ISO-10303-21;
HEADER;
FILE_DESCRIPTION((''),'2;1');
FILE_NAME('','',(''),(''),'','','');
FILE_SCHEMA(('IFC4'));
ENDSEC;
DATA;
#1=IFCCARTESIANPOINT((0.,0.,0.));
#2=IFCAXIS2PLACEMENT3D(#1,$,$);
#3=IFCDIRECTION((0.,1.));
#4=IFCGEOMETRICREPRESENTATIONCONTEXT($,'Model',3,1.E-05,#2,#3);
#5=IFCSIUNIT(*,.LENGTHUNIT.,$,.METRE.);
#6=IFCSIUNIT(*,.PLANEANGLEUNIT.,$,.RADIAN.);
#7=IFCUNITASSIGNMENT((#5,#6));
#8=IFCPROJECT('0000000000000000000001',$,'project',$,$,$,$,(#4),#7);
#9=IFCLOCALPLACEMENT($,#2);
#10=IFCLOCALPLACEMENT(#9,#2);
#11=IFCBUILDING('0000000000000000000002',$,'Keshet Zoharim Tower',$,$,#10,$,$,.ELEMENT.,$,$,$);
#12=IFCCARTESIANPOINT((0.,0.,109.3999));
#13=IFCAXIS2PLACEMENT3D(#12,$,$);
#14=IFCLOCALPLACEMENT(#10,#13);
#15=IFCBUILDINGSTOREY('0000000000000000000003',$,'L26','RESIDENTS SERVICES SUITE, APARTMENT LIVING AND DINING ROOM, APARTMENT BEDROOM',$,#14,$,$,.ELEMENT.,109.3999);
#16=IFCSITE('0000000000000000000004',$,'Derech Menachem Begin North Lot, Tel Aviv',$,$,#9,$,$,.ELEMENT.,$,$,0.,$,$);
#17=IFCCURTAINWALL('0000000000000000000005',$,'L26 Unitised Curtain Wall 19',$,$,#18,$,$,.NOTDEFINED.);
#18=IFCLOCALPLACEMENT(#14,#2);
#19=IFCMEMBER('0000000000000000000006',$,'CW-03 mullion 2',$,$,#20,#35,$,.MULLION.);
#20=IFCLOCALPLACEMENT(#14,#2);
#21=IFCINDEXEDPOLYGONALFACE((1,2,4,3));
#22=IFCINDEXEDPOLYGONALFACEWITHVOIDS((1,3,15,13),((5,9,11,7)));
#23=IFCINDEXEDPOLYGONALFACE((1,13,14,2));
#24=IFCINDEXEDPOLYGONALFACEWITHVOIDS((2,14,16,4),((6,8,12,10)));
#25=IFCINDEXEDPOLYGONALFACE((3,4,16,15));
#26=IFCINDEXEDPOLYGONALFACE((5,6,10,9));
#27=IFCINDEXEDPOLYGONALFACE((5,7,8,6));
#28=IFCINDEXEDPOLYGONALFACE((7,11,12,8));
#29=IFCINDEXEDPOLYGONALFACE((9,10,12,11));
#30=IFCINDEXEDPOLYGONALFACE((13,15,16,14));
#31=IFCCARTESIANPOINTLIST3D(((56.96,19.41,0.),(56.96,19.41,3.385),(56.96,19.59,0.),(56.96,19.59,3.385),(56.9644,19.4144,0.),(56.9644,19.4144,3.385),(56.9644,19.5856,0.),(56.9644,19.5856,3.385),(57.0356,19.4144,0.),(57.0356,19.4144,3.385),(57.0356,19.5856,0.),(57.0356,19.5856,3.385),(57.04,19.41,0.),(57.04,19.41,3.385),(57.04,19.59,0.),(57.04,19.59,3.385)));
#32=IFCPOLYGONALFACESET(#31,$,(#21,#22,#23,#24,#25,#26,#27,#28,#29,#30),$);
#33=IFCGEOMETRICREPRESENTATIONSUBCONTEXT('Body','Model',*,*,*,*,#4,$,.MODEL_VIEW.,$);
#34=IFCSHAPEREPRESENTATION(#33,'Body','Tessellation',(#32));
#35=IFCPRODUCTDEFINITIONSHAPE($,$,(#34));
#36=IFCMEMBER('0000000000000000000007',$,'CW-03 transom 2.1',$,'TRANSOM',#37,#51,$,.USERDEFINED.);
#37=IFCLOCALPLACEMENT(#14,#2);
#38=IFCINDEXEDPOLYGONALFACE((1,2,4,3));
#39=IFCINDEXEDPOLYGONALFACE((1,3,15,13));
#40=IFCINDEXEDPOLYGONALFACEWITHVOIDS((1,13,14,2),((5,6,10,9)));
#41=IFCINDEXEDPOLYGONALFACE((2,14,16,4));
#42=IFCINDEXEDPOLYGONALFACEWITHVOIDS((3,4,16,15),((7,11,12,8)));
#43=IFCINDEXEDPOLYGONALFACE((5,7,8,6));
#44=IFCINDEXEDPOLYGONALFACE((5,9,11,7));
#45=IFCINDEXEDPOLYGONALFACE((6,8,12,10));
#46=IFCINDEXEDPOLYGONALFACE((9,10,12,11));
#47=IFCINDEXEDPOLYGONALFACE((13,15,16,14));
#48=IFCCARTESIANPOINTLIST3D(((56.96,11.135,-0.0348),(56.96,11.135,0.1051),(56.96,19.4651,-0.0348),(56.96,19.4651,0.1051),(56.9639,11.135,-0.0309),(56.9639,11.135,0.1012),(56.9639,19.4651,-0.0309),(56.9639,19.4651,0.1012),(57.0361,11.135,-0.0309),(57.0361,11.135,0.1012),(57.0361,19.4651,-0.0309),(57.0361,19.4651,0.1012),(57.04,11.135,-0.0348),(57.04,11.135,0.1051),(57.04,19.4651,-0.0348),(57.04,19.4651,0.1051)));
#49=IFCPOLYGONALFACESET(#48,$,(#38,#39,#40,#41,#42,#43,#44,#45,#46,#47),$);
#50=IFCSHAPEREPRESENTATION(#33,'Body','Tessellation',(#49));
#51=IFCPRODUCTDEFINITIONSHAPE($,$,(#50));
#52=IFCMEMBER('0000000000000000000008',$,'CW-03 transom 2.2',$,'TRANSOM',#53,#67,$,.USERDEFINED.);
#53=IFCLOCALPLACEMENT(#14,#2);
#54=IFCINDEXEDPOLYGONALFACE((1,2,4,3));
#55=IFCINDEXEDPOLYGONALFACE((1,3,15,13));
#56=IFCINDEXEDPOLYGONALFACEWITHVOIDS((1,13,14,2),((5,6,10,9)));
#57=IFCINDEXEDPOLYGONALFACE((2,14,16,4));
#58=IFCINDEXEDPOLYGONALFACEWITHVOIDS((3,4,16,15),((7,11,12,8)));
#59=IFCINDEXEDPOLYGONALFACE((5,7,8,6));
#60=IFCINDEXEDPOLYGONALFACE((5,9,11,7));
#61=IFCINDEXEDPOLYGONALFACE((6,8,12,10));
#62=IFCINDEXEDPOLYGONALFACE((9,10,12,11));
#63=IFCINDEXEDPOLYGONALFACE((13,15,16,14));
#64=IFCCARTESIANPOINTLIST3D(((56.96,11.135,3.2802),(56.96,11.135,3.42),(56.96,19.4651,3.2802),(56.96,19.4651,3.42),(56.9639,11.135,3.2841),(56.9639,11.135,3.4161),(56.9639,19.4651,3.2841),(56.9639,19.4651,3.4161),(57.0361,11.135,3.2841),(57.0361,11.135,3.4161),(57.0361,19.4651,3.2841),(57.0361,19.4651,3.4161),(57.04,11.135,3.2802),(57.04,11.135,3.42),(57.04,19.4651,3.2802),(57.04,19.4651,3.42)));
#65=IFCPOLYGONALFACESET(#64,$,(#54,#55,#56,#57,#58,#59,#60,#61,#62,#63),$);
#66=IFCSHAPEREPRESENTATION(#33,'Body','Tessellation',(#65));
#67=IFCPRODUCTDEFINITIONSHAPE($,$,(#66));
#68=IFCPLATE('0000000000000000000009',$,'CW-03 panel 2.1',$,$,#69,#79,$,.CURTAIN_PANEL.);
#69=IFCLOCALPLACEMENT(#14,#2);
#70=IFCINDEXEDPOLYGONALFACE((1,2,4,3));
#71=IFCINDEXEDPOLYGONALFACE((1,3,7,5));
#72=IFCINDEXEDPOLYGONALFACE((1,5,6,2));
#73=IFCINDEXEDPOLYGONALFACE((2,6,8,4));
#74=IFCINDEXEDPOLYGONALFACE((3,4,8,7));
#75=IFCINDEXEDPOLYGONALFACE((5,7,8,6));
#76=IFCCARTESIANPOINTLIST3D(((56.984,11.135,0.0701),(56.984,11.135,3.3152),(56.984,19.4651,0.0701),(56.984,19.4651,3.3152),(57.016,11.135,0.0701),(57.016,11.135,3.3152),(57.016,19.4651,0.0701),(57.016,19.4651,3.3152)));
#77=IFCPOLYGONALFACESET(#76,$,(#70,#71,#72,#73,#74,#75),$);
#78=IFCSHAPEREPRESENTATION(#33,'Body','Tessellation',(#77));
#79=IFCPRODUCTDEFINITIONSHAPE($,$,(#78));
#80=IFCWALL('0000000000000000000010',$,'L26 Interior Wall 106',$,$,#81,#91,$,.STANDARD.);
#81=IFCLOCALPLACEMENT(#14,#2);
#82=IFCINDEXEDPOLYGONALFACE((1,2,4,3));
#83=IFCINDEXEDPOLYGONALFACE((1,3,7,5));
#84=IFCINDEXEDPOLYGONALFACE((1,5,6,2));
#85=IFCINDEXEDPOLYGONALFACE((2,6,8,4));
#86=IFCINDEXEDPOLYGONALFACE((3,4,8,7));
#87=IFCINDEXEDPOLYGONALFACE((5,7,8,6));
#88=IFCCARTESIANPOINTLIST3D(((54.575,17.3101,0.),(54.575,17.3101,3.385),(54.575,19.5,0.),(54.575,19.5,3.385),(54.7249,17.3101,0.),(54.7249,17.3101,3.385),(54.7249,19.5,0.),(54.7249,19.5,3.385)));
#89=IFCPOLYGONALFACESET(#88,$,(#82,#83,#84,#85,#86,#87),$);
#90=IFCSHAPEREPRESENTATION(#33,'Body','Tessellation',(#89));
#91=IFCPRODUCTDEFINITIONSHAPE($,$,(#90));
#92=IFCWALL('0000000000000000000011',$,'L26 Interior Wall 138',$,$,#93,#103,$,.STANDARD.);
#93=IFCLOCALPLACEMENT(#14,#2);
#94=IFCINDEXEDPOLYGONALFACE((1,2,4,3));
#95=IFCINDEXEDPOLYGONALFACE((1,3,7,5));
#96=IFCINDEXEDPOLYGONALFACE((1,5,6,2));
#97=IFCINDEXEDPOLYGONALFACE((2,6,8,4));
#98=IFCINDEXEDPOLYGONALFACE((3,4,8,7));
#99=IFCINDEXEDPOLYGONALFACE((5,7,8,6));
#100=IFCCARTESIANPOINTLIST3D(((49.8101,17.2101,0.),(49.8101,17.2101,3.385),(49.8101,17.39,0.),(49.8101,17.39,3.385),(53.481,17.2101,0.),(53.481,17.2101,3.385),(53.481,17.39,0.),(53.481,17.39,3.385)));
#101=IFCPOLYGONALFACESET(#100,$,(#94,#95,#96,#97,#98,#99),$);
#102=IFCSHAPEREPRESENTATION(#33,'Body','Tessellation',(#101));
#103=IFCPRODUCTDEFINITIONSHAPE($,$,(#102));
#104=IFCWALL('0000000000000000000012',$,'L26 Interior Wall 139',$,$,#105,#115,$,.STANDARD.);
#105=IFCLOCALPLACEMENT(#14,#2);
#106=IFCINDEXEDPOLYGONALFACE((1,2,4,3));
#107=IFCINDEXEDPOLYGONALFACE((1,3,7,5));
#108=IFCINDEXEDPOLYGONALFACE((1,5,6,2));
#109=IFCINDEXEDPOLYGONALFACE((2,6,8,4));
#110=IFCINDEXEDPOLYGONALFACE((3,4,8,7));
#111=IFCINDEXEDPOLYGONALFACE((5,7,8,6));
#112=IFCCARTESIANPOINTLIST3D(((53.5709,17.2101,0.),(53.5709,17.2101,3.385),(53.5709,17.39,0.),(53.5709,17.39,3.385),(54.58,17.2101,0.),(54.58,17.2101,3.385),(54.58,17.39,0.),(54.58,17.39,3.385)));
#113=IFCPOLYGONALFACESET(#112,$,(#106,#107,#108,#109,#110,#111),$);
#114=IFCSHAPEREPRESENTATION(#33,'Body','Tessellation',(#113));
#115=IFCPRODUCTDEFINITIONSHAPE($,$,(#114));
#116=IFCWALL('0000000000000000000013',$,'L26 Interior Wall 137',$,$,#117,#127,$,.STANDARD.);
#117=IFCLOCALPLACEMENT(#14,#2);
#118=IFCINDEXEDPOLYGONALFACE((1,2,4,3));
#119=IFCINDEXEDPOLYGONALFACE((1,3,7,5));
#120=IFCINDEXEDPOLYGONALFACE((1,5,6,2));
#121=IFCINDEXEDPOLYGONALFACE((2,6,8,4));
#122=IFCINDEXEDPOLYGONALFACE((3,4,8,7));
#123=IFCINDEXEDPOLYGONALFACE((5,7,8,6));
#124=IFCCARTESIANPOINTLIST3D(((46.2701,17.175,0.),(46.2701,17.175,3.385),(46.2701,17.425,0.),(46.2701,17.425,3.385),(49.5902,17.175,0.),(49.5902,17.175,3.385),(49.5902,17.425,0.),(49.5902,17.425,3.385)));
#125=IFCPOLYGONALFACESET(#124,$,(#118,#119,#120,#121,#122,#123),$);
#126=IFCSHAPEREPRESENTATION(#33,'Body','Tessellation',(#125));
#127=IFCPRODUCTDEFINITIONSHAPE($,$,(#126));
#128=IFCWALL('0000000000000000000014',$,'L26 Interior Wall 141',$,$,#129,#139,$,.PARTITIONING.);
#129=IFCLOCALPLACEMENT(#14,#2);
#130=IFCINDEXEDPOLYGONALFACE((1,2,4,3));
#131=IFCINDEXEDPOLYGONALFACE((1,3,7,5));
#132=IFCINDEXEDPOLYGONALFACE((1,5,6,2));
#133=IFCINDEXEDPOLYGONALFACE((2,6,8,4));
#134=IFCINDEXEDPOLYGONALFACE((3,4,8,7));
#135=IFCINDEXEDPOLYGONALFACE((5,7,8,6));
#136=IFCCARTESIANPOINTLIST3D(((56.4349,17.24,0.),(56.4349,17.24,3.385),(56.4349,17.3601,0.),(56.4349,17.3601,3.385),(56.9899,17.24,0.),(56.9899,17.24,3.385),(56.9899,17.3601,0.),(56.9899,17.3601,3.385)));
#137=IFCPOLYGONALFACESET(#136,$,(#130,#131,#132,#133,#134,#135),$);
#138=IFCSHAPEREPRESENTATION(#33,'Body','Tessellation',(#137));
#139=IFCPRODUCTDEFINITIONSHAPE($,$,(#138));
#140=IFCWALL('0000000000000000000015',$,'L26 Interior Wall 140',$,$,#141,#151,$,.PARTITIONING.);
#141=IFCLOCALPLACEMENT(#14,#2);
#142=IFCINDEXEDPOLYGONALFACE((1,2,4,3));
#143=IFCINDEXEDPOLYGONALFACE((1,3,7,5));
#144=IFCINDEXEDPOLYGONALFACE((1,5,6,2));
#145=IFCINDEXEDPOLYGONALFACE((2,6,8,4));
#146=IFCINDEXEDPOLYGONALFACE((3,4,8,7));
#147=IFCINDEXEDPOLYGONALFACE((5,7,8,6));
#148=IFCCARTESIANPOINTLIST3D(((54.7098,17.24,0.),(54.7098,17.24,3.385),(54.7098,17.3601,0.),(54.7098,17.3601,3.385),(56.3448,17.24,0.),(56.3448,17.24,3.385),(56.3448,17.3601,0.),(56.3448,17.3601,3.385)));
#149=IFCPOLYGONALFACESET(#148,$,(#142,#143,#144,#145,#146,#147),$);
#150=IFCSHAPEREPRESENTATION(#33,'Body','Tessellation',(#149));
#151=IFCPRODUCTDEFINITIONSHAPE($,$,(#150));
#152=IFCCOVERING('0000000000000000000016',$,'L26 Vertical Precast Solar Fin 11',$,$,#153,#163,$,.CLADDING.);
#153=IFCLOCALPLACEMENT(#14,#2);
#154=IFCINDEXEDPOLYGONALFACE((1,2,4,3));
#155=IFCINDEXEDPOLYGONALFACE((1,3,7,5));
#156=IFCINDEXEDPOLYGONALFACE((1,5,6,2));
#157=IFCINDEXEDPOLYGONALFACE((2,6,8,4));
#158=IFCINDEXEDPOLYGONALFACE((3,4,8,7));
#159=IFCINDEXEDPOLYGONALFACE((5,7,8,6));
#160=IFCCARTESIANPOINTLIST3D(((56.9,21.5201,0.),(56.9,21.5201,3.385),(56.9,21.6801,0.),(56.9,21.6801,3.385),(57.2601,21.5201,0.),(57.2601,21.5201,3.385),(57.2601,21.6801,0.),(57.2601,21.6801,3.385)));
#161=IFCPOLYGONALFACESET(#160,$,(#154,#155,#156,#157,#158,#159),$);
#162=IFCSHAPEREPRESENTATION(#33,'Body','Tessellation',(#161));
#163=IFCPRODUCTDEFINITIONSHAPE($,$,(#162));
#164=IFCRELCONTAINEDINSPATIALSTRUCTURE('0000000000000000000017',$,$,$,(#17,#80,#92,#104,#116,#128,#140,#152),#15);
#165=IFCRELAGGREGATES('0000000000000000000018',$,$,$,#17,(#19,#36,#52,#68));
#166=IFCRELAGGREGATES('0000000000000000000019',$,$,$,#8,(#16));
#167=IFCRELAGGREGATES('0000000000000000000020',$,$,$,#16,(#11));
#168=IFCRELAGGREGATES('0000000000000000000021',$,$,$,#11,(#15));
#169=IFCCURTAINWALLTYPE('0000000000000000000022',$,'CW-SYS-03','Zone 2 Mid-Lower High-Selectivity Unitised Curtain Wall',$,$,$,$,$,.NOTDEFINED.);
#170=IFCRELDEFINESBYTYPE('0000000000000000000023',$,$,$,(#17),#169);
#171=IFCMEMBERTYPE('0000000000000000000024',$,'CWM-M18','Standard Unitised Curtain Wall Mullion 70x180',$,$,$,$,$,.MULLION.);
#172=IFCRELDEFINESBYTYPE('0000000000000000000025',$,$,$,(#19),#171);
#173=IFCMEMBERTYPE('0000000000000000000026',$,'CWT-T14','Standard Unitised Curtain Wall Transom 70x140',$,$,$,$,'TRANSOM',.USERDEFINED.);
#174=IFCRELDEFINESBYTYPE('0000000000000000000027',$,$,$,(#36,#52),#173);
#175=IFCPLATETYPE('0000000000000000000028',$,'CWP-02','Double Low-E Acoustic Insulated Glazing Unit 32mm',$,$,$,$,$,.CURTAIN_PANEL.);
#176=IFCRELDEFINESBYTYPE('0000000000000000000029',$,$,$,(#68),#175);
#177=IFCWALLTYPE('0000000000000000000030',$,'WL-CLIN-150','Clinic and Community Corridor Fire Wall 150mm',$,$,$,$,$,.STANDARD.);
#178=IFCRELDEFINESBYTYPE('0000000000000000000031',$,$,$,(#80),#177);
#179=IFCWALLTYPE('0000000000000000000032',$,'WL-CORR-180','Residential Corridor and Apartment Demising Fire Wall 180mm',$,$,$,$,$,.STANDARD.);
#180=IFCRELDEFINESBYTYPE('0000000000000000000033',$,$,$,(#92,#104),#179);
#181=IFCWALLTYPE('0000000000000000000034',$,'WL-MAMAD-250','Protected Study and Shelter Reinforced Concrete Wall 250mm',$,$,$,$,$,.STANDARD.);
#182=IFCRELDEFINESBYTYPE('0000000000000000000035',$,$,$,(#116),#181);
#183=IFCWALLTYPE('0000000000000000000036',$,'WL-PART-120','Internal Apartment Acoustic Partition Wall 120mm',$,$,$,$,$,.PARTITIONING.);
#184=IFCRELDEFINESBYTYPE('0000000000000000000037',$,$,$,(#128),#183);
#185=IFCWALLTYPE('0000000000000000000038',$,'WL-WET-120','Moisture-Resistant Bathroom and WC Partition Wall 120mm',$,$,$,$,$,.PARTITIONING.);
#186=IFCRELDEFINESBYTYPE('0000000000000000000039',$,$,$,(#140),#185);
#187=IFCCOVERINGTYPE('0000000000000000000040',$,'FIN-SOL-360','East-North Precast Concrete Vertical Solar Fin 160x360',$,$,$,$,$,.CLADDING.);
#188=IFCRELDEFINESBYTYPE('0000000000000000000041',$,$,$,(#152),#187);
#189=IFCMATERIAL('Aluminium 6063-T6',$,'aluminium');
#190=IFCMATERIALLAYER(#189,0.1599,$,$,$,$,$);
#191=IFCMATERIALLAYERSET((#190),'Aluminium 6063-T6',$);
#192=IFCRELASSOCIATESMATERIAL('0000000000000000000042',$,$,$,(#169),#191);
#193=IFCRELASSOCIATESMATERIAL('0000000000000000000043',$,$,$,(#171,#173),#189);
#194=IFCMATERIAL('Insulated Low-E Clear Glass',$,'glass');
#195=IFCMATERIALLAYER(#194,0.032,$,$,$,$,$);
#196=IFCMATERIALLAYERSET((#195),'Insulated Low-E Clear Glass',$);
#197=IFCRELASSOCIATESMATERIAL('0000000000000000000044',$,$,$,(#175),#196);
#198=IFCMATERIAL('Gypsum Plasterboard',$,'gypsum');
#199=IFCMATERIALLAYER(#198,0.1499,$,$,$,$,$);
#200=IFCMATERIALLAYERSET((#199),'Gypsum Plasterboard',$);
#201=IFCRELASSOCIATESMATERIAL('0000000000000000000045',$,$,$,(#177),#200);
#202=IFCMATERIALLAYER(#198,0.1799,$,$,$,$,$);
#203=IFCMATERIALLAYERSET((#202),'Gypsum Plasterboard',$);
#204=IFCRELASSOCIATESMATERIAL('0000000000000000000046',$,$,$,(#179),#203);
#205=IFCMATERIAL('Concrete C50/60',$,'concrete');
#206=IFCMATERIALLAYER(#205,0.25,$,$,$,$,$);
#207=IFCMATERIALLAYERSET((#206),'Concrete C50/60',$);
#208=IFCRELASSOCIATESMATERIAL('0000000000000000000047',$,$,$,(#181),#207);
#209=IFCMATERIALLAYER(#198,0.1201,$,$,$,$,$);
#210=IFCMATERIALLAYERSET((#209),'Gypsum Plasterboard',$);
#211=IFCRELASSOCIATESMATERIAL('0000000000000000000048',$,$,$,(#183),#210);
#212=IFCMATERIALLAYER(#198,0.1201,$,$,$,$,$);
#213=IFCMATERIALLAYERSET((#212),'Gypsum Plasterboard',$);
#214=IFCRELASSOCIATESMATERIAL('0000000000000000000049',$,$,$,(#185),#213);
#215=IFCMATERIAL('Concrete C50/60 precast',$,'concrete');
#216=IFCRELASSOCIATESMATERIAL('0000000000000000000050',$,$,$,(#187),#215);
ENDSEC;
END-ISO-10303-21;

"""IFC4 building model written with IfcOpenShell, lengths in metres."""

from ifc_helpers import new_model, si_unit, direction, frame, frame_2d, origin, origin_2d, place, context, subcontext, project, spatial, rectangle, hollow_rectangle, extrude, material, layer, layer_set, material_profile, profile_set, type_object, element, aggregate, save


model = new_model("IFC4")

# Units and contexts
model_context = context("Model", 3, precision=1e-05, world=origin(), true_north=direction((0.0, 1.0)))
body_context = subcontext(model_context, "Body", "Model", "MODEL_VIEW")
ifc_project = project(units=[si_unit("LENGTHUNIT", "METRE"), si_unit("PLANEANGLEUNIT", "RADIAN")], contexts=[model_context])

# Site, building, storey
site_placement = place(None, origin())
site = spatial("IfcSite", under=ifc_project, at=site_placement, Name="Derech Menachem Begin North Lot, Tel Aviv", CompositionType="ELEMENT", RefElevation=0.0)
building_placement = place(site_placement, origin())
building = spatial("IfcBuilding", under=site, at=building_placement, Name="Keshet Zoharim Tower", CompositionType="ELEMENT")
storey_placement = place(building_placement, frame((0.0, 0.0, 109.3999)))
storey = spatial("IfcBuildingStorey", under=building, at=storey_placement, Name="L26", Description="RESIDENTS SERVICES SUITE, APARTMENT LIVING AND DINING ROOM, APARTMENT BEDROOM", CompositionType="ELEMENT", Elevation=109.3999)

# Curtain wall, members, plate
ifc_material_1 = material(Name="Aluminium 6063-T6", Category="aluminium")
ifc_layer_1 = layer(ifc_material_1, 0.1599)
ifc_layer_set_1 = layer_set([ifc_layer_1], Name="Aluminium 6063-T6")
curtain_wall_type = type_object("IfcCurtainWallType", Name="CW-SYS-03", Description="Zone 2 Mid-Lower High-Selectivity Unitised Curtain Wall", PredefinedType="NOTDEFINED", material=ifc_layer_set_1)
curtain_wall_placement = place(storey_placement, origin())
curtain_wall = element("IfcCurtainWall", 1, at=curtain_wall_placement, inside=storey, type_object=curtain_wall_type, Name="L26 Unitised Curtain Wall 19", PredefinedType="NOTDEFINED")
ifc_material_profile_1 = material_profile(ifc_material_1, hollow_rectangle(XDim=0.0801, YDim=0.1799, WallThickness=0.0044, at=origin_2d()), Name="MUL-80x180")
ifc_profile_set_1 = profile_set([ifc_material_profile_1], Name="Aluminium 6063-T6")
member_type_1 = type_object("IfcMemberType", Name="CWM-M18", Description="Standard Unitised Curtain Wall Mullion 70x180", PredefinedType="MULLION", material=ifc_profile_set_1)
member_1_placement = place(storey_placement, frame((57.0, 19.5, 0.0), z_axis=(0.0, 0.0, 1.0), x_axis=(1.0, 0.0, 0.0)))
member_1 = element("IfcMember", 2, at=member_1_placement, type_object=member_type_1, Name="CW-03 mullion 2", PredefinedType="MULLION", context=body_context, shape_type="SweptSolid", body=[
    extrude(hollow_rectangle(XDim=0.0801, YDim=0.1799, WallThickness=0.0044, at=origin_2d()), origin(), (0.0, 0.0, 1.0), 3.385),
])
ifc_material_profile_2 = material_profile(ifc_material_1, hollow_rectangle(XDim=0.0801, YDim=0.1399, WallThickness=0.0039, at=origin_2d()), Name="TRN-80x140")
ifc_profile_set_2 = profile_set([ifc_material_profile_2], Name="Aluminium 6063-T6")
member_type_2 = type_object("IfcMemberType", Name="CWT-T14", Description="Standard Unitised Curtain Wall Transom 70x140", ElementType="TRANSOM", PredefinedType="USERDEFINED", material=ifc_profile_set_2)
member_2_placement = place(storey_placement, frame((57.0, 19.4651, 0.0352), z_axis=(0.0, -1.0, 0.0), x_axis=(1.0, 0.0, 0.0)))
member_2 = element("IfcMember", 3, at=member_2_placement, type_object=member_type_2, Name="CW-03 transom 2.1", ObjectType="TRANSOM", PredefinedType="USERDEFINED", context=body_context, shape_type="SweptSolid", body=[
    extrude(hollow_rectangle(XDim=0.0801, YDim=0.1399, WallThickness=0.0039, at=origin_2d()), origin(), (0.0, 0.0, 1.0), 8.3301),
])
member_3_placement = place(storey_placement, frame((57.0, 19.4651, 3.3501), z_axis=(0.0, -1.0, 0.0), x_axis=(1.0, 0.0, 0.0)))
member_3 = element("IfcMember", 4, at=member_3_placement, type_object=member_type_2, Name="CW-03 transom 2.2", ObjectType="TRANSOM", PredefinedType="USERDEFINED", context=body_context, shape_type="SweptSolid", body=[
    extrude(hollow_rectangle(XDim=0.0801, YDim=0.1399, WallThickness=0.0039, at=origin_2d()), origin(), (0.0, 0.0, 1.0), 8.3301),
])
ifc_material_2 = material(Name="Insulated Low-E Clear Glass", Category="glass")
ifc_layer_2 = layer(ifc_material_2, 0.032)
ifc_layer_set_2 = layer_set([ifc_layer_2], Name="Insulated Low-E Clear Glass")
plate_type = type_object("IfcPlateType", Name="CWP-02", Description="Double Low-E Acoustic Insulated Glazing Unit 32mm", PredefinedType="CURTAIN_PANEL", material=ifc_layer_set_2)
plate_placement = place(storey_placement, frame((57.0, 15.3, 0.0701), z_axis=(0.0, 0.0, 1.0), x_axis=(0.0, -1.0, 0.0)))
plate = element("IfcPlate", 5, at=plate_placement, type_object=plate_type, Name="CW-03 panel 2.1", PredefinedType="CURTAIN_PANEL", context=body_context, shape_type="SweptSolid", body=[
    extrude(rectangle(XDim=8.3301, YDim=0.032, at=origin_2d()), origin(), (0.0, 0.0, 1.0), 3.2451),
])
aggregate(curtain_wall, [member_1, member_2, member_3, plate])

# Walls
ifc_material_3 = material(Name="Gypsum Plasterboard", Category="gypsum")
ifc_layer_3 = layer(ifc_material_3, 0.1499)
ifc_layer_set_3 = layer_set([ifc_layer_3], Name="Gypsum Plasterboard")
wall_type_1 = type_object("IfcWallType", Name="WL-CLIN-150", Description="Clinic and Community Corridor Fire Wall 150mm", PredefinedType="STANDARD", material=ifc_layer_set_3)
wall_1_placement = place(storey_placement, frame((54.6499, 17.3101, 0.0), z_axis=(0.0, 0.0, 1.0), x_axis=(0.0, 1.0, 0.0)))
element("IfcWall", 6, at=wall_1_placement, inside=storey, type_object=wall_type_1, Name="L26 Interior Wall 106", PredefinedType="STANDARD", context=body_context, shape_type="SweptSolid", body=[
    extrude(rectangle(XDim=2.1899, YDim=0.1499, at=frame_2d((1.095, 0.0))), origin(), (0.0, 0.0, 1.0), 3.385),
])
ifc_layer_4 = layer(ifc_material_3, 0.1799)
ifc_layer_set_4 = layer_set([ifc_layer_4], Name="Gypsum Plasterboard")
wall_type_2 = type_object("IfcWallType", Name="WL-CORR-180", Description="Residential Corridor and Apartment Demising Fire Wall 180mm", PredefinedType="STANDARD", material=ifc_layer_set_4)
wall_2_placement = place(storey_placement, frame((49.8101, 17.3, 0.0), z_axis=(0.0, 0.0, 1.0), x_axis=(1.0, 0.0, 0.0)))
element("IfcWall", 7, at=wall_2_placement, inside=storey, type_object=wall_type_2, Name="L26 Interior Wall 138", PredefinedType="STANDARD", context=body_context, shape_type="SweptSolid", body=[
    extrude(rectangle(XDim=3.6709, YDim=0.1799, at=frame_2d((1.8354, 0.0))), origin(), (0.0, 0.0, 1.0), 3.385),
])
wall_3_placement = place(storey_placement, frame((53.571, 17.3, 0.0), z_axis=(0.0, 0.0, 1.0), x_axis=(1.0, 0.0, 0.0)))
element("IfcWall", 8, at=wall_3_placement, inside=storey, type_object=wall_type_2, Name="L26 Interior Wall 139", PredefinedType="STANDARD", context=body_context, shape_type="SweptSolid", body=[
    extrude(rectangle(XDim=1.009, YDim=0.1799, at=frame_2d((0.5044, 0.0))), origin(), (0.0, 0.0, 1.0), 3.385),
])
ifc_material_4 = material(Name="Concrete C50/60", Category="concrete")
ifc_layer_5 = layer(ifc_material_4, 0.25)
ifc_layer_set_5 = layer_set([ifc_layer_5], Name="Concrete C50/60")
wall_type_3 = type_object("IfcWallType", Name="WL-MAMAD-250", Description="Protected Study and Shelter Reinforced Concrete Wall 250mm", PredefinedType="STANDARD", material=ifc_layer_set_5)
wall_4_placement = place(storey_placement, frame((46.27, 17.3, 0.0), z_axis=(0.0, 0.0, 1.0), x_axis=(1.0, 0.0, 0.0)))
element("IfcWall", 9, at=wall_4_placement, inside=storey, type_object=wall_type_3, Name="L26 Interior Wall 137", PredefinedType="STANDARD", context=body_context, shape_type="SweptSolid", body=[
    extrude(rectangle(XDim=3.3201, YDim=0.25, at=frame_2d((1.6602, 0.0))), origin(), (0.0, 0.0, 1.0), 3.385),
])
ifc_layer_6 = layer(ifc_material_3, 0.1201)
ifc_layer_set_6 = layer_set([ifc_layer_6], Name="Gypsum Plasterboard")
wall_type_4 = type_object("IfcWallType", Name="WL-PART-120", Description="Internal Apartment Acoustic Partition Wall 120mm", PredefinedType="PARTITIONING", material=ifc_layer_set_6)
wall_5_placement = place(storey_placement, frame((56.4351, 17.3, 0.0), z_axis=(0.0, 0.0, 1.0), x_axis=(1.0, 0.0, 0.0)))
element("IfcWall", 10, at=wall_5_placement, inside=storey, type_object=wall_type_4, Name="L26 Interior Wall 141", PredefinedType="PARTITIONING", context=body_context, shape_type="SweptSolid", body=[
    extrude(rectangle(XDim=0.5549, YDim=0.1201, at=frame_2d((0.2773, 0.0))), origin(), (0.0, 0.0, 1.0), 3.385),
])
ifc_layer_7 = layer(ifc_material_3, 0.1201)
ifc_layer_set_7 = layer_set([ifc_layer_7], Name="Gypsum Plasterboard")
wall_type_5 = type_object("IfcWallType", Name="WL-WET-120", Description="Moisture-Resistant Bathroom and WC Partition Wall 120mm", PredefinedType="PARTITIONING", material=ifc_layer_set_7)
wall_6_placement = place(storey_placement, frame((54.71, 17.3, 0.0), z_axis=(0.0, 0.0, 1.0), x_axis=(1.0, 0.0, 0.0)))
element("IfcWall", 11, at=wall_6_placement, inside=storey, type_object=wall_type_5, Name="L26 Interior Wall 140", PredefinedType="PARTITIONING", context=body_context, shape_type="SweptSolid", body=[
    extrude(rectangle(XDim=1.635, YDim=0.1201, at=frame_2d((0.8174, 0.0))), origin(), (0.0, 0.0, 1.0), 3.385),
])

# Covering
ifc_material_5 = material(Name="Concrete C50/60 precast", Category="concrete")
covering_type = type_object("IfcCoveringType", Name="FIN-SOL-360", Description="East-North Precast Concrete Vertical Solar Fin 160x360", PredefinedType="CLADDING", material=ifc_material_5)
covering_placement = place(storey_placement, frame((57.0801, 21.6001, 0.0), z_axis=(0.0, 0.0, 1.0), x_axis=(0.0, -1.0, 0.0)))
element("IfcCovering", 12, at=covering_placement, inside=storey, type_object=covering_type, Name="L26 Vertical Precast Solar Fin 11", PredefinedType="CLADDING", context=body_context, shape_type="SweptSolid", body=[
    extrude(rectangle(XDim=0.1599, YDim=0.3601, at=origin_2d()), origin(), (0.0, 0.0, 1.0), 3.385),
])

save(model, "model.ifc")
